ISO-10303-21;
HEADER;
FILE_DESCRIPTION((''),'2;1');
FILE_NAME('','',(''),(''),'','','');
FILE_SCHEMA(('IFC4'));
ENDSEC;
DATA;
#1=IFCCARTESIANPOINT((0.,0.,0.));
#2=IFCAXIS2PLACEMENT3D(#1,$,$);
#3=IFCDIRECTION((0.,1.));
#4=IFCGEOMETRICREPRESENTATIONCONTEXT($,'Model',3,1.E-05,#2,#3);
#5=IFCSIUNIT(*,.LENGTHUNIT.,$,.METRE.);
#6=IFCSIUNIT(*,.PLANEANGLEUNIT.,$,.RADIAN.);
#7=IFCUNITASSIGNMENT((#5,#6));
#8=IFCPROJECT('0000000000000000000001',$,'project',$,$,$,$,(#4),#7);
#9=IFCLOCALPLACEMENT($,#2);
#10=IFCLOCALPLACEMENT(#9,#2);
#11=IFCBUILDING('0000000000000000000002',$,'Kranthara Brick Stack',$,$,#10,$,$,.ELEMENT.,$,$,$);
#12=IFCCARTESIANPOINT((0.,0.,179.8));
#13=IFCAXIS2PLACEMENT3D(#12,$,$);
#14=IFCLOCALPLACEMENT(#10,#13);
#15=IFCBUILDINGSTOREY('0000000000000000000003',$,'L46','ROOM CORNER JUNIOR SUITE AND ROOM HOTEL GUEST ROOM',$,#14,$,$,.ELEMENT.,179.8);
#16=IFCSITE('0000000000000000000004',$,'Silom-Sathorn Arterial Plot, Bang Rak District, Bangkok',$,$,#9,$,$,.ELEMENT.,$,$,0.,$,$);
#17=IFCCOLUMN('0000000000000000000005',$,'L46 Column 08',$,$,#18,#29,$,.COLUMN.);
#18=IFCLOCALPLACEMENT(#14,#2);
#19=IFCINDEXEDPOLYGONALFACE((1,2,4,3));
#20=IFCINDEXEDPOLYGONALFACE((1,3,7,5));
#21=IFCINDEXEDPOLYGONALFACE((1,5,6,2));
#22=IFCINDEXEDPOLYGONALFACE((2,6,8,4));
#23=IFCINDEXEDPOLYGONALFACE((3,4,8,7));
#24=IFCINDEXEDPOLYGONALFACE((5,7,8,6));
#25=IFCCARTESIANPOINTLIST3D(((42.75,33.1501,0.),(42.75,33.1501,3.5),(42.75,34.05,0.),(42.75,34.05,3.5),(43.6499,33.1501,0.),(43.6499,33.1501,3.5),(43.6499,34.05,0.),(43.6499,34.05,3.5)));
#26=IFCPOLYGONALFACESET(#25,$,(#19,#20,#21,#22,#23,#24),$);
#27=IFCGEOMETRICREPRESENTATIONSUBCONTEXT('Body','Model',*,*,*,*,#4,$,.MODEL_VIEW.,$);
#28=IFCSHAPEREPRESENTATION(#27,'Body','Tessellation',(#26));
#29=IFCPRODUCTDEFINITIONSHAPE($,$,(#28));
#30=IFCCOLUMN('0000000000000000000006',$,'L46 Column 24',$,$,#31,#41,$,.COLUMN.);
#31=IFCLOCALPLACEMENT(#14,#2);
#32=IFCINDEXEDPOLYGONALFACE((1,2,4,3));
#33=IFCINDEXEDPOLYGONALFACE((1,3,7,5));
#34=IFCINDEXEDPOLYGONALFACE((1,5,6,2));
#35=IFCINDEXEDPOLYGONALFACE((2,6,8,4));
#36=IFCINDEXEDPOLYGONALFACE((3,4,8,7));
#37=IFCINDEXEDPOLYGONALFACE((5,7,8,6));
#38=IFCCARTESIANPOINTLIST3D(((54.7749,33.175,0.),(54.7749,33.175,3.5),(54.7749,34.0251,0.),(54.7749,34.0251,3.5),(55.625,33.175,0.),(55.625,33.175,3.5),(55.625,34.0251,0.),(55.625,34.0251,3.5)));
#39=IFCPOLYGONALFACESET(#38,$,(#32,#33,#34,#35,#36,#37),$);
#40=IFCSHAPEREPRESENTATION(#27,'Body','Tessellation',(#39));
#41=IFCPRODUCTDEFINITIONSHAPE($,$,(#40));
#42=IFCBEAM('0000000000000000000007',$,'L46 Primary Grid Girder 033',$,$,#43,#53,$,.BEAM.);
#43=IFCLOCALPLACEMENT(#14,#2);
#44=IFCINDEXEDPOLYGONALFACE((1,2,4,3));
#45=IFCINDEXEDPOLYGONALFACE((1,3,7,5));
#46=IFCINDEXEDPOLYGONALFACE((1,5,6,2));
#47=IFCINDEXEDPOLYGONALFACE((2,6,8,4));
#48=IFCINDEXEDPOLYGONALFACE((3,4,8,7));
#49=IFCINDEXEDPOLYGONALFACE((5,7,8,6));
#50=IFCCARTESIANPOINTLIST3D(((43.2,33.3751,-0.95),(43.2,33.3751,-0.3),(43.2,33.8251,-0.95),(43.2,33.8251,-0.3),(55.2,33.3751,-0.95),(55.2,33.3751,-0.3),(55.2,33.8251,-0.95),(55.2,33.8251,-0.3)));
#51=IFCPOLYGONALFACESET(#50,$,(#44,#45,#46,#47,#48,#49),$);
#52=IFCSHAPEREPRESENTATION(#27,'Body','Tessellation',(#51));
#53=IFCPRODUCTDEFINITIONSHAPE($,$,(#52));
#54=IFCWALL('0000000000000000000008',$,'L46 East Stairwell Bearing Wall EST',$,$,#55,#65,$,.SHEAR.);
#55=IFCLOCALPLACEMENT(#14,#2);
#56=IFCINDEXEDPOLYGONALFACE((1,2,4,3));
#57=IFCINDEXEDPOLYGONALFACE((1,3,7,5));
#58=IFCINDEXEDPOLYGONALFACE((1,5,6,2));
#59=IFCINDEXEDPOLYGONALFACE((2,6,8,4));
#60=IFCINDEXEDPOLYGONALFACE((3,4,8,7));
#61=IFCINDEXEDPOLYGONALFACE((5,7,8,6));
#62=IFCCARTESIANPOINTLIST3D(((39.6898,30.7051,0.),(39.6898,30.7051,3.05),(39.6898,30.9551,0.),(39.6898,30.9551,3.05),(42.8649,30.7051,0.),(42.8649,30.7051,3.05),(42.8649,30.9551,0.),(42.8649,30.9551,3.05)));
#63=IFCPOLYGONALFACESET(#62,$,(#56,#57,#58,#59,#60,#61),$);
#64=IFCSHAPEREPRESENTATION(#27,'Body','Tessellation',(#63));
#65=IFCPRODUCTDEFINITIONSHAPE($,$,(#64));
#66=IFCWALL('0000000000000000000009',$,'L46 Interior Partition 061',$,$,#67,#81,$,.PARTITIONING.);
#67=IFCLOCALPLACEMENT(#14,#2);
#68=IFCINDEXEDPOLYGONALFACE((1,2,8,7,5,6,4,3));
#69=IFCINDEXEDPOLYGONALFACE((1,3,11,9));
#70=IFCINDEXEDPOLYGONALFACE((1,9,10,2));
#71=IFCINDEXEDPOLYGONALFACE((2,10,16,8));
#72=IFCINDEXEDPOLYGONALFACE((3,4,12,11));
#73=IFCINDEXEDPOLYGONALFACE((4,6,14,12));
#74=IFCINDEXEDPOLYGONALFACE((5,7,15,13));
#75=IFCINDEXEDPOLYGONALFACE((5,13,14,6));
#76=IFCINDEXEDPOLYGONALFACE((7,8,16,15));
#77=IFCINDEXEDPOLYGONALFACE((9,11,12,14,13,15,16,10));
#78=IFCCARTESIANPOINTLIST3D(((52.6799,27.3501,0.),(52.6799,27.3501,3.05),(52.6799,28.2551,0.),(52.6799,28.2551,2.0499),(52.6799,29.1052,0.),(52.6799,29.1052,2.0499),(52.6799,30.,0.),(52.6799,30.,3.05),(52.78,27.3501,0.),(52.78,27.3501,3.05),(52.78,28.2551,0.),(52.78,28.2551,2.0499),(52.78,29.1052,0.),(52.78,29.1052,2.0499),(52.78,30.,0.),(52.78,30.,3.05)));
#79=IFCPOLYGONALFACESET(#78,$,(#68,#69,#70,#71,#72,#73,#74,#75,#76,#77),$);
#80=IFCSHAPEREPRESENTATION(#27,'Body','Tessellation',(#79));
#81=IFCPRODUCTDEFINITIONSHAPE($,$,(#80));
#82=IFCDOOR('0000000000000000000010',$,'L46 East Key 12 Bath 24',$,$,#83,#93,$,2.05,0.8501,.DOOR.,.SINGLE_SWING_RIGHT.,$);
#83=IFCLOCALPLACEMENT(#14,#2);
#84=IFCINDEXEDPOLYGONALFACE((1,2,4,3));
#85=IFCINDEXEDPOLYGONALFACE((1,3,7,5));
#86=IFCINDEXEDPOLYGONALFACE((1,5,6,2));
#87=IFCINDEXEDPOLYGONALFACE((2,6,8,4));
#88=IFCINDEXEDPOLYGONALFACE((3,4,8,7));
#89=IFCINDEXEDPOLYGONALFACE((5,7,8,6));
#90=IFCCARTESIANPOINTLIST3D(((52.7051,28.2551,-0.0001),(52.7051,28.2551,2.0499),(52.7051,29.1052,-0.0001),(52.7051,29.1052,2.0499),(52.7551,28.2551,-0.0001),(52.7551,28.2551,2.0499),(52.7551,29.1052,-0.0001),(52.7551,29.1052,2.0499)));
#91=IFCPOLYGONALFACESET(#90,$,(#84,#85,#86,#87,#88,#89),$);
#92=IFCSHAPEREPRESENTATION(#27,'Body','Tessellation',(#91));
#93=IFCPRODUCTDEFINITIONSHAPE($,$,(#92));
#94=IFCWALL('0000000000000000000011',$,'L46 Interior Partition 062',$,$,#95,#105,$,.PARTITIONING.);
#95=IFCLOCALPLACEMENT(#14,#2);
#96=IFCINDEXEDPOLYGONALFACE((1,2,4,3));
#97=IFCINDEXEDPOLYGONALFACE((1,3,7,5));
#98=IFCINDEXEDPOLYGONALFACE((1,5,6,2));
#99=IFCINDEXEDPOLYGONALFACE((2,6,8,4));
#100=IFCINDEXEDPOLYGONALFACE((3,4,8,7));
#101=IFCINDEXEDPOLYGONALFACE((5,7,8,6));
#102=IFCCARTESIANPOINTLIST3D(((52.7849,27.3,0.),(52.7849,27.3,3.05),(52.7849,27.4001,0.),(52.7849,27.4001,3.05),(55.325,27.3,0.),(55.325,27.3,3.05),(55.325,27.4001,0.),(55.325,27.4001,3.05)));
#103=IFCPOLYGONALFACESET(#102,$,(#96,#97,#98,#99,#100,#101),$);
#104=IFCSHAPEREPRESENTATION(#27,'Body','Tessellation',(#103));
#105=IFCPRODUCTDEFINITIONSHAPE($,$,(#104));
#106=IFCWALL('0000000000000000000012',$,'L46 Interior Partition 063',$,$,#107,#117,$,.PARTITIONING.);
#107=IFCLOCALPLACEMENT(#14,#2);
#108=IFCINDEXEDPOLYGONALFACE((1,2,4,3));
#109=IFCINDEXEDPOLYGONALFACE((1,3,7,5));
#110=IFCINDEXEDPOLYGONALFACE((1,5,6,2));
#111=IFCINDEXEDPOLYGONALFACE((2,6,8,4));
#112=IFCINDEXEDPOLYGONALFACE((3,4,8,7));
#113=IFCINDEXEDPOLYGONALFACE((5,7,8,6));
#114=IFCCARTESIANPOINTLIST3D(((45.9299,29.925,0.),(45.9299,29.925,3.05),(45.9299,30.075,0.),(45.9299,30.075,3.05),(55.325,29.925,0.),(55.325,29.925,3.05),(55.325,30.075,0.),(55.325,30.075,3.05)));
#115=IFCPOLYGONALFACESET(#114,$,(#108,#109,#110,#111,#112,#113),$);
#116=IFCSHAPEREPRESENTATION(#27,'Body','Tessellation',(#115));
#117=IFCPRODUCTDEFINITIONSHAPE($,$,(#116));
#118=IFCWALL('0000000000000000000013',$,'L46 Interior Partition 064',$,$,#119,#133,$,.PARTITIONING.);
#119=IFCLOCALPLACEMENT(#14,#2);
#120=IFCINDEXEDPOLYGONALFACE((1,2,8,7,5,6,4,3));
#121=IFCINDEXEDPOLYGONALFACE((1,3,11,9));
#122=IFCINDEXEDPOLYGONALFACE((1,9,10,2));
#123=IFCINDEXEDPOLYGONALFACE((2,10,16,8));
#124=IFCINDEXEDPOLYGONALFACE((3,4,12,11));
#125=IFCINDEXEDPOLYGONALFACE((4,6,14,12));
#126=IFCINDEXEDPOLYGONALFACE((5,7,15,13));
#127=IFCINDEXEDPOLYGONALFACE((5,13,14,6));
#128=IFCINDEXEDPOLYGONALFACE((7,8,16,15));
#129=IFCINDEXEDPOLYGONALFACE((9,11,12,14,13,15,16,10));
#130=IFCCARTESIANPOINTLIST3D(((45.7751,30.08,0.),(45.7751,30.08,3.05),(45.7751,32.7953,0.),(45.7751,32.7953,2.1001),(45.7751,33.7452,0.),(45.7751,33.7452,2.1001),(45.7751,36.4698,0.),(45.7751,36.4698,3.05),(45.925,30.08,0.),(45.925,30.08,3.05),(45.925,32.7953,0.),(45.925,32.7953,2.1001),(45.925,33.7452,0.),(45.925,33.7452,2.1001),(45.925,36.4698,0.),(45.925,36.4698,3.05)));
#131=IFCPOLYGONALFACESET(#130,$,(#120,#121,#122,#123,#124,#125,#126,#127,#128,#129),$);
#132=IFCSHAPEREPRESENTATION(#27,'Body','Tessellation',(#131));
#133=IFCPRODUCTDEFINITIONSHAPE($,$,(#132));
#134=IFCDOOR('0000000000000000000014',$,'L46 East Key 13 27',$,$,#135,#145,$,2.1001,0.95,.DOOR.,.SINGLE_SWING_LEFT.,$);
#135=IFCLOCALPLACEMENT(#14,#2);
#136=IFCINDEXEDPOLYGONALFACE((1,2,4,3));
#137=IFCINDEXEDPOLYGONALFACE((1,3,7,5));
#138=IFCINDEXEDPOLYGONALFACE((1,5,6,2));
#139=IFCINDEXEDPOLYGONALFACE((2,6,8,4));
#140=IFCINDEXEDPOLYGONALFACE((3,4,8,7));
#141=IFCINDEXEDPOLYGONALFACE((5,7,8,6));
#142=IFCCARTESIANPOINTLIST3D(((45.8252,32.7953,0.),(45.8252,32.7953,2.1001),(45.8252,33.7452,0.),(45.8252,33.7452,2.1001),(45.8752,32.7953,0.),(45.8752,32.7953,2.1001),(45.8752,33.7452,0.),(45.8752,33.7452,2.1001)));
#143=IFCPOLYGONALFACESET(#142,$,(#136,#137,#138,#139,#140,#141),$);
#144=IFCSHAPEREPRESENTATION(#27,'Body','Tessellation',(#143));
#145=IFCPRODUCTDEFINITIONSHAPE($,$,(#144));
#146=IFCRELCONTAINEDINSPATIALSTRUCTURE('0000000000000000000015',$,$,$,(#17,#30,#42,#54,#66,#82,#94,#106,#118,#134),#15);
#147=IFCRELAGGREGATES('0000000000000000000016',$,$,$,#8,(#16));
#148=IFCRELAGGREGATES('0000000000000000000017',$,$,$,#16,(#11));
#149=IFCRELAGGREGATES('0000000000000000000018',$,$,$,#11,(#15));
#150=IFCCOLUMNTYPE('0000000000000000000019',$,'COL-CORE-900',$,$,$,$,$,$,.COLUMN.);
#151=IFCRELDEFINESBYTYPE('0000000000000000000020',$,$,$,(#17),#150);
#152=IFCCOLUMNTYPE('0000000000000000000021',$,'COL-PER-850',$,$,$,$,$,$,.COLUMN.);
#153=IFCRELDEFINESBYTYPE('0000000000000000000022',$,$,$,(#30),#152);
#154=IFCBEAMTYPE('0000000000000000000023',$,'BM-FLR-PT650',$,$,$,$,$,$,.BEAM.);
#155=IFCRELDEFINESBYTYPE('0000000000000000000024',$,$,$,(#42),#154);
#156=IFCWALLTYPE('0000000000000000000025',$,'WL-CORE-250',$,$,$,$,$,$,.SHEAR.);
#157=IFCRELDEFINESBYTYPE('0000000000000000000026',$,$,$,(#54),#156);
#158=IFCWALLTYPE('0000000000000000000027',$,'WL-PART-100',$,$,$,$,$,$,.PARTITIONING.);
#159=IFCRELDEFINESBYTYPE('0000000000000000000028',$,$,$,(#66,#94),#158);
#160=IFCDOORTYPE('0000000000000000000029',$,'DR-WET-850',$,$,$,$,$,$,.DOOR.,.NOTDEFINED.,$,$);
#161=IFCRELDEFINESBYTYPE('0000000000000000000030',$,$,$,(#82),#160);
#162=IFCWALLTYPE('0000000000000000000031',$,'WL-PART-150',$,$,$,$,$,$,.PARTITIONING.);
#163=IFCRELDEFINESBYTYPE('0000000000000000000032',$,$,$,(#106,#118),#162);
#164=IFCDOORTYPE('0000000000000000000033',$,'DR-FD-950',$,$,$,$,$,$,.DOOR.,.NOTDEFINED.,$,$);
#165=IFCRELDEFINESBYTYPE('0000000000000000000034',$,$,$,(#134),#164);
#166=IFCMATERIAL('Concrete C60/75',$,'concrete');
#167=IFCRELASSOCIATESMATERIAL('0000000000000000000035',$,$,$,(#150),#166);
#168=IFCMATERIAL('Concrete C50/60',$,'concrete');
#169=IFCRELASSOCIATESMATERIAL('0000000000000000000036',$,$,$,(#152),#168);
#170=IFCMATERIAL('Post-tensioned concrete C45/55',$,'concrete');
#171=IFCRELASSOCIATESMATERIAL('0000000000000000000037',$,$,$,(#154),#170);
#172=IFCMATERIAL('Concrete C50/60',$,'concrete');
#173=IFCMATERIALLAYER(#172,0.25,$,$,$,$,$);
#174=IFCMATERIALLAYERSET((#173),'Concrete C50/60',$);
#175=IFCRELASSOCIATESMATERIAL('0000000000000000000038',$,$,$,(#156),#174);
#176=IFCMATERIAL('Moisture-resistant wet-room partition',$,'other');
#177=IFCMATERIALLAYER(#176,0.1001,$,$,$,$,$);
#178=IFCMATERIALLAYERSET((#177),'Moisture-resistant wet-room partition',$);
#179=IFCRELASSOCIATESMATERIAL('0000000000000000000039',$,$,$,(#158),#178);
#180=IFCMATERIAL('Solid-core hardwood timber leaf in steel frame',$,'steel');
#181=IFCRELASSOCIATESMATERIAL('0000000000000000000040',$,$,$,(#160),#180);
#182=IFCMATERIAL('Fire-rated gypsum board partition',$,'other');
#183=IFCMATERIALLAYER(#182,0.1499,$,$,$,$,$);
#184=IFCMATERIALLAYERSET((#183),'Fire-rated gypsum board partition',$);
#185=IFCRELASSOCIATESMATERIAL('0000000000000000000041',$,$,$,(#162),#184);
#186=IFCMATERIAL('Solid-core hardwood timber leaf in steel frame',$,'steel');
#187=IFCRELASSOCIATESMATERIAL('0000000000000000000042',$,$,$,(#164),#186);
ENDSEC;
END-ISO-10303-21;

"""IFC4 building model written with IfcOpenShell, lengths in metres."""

from ifc_helpers import new_model, si_unit, direction, frame, frame_2d, origin, origin_2d, place, context, subcontext, project, spatial, rectangle, extrude, material, layer, layer_set, material_profile, profile_set, type_object, element, fill, save


model = new_model("IFC4")

# Units and contexts
model_context = context("Model", 3, precision=1e-05, world=origin(), true_north=direction((0.0, 1.0)))
body_context = subcontext(model_context, "Body", "Model", "MODEL_VIEW")
ifc_project = project(units=[si_unit("LENGTHUNIT", "METRE"), si_unit("PLANEANGLEUNIT", "RADIAN")], contexts=[model_context])

# Site, building, storey
site_placement = place(None, origin())
site = spatial("IfcSite", under=ifc_project, at=site_placement, Name="Silom-Sathorn Arterial Plot, Bang Rak District, Bangkok", CompositionType="ELEMENT", RefElevation=0.0)
building_placement = place(site_placement, origin())
building = spatial("IfcBuilding", under=site, at=building_placement, Name="Kranthara Brick Stack", CompositionType="ELEMENT")
storey_placement = place(building_placement, frame((0.0, 0.0, 179.8)))
storey = spatial("IfcBuildingStorey", under=building, at=storey_placement, Name="L46", Description="ROOM CORNER JUNIOR SUITE AND ROOM HOTEL GUEST ROOM", CompositionType="ELEMENT", Elevation=179.8)

# Columns
ifc_material_1 = material(Name="Concrete C60/75", Category="concrete")
ifc_material_profile_1 = material_profile(ifc_material_1, rectangle(XDim=0.8999, YDim=0.8999, at=origin_2d()), Name="RC 900x900")
ifc_profile_set_1 = profile_set([ifc_material_profile_1], Name="Concrete C60/75")
column_type_1 = type_object("IfcColumnType", Name="COL-CORE-900", PredefinedType="COLUMN", material=ifc_profile_set_1)
column_1_placement = place(storey_placement, frame((43.2, 33.6001, 0.0), z_axis=(0.0, 0.0, 1.0), x_axis=(1.0, 0.0, 0.0)))
element("IfcColumn", 1, at=column_1_placement, inside=storey, type_object=column_type_1, Name="L46 Column 08", PredefinedType="COLUMN", context=body_context, shape_type="SweptSolid", body=[
    extrude(rectangle(XDim=0.8999, YDim=0.8999, at=origin_2d()), origin(), (0.0, 0.0, 1.0), 3.5),
])
ifc_material_2 = material(Name="Concrete C50/60", Category="concrete")
ifc_material_profile_2 = material_profile(ifc_material_2, rectangle(XDim=0.8501, YDim=0.8501, at=origin_2d()), Name="RC 850x850")
ifc_profile_set_2 = profile_set([ifc_material_profile_2], Name="Concrete C50/60")
column_type_2 = type_object("IfcColumnType", Name="COL-PER-850", PredefinedType="COLUMN", material=ifc_profile_set_2)
column_2_placement = place(storey_placement, frame((55.2, 33.6001, 0.0), z_axis=(0.0, 0.0, 1.0), x_axis=(1.0, 0.0, 0.0)))
element("IfcColumn", 2, at=column_2_placement, inside=storey, type_object=column_type_2, Name="L46 Column 24", PredefinedType="COLUMN", context=body_context, shape_type="SweptSolid", body=[
    extrude(rectangle(XDim=0.8501, YDim=0.8501, at=origin_2d()), origin(), (0.0, 0.0, 1.0), 3.5),
])

# Beam
ifc_material_3 = material(Name="Post-tensioned concrete C45/55", Category="concrete")
ifc_material_profile_3 = material_profile(ifc_material_3, rectangle(XDim=0.45, YDim=0.6499, at=origin_2d()), Name="PT 450x650")
ifc_profile_set_3 = profile_set([ifc_material_profile_3], Name="Post-tensioned concrete C45/55")
beam_type = type_object("IfcBeamType", Name="BM-FLR-PT650", PredefinedType="BEAM", material=ifc_profile_set_3)
beam_placement = place(storey_placement, frame((43.2, 33.6001, -0.625), z_axis=(1.0, 0.0, 0.0), x_axis=(0.0, 1.0, 0.0)))
element("IfcBeam", 3, at=beam_placement, inside=storey, type_object=beam_type, Name="L46 Primary Grid Girder 033", PredefinedType="BEAM", context=body_context, shape_type="SweptSolid", body=[
    extrude(rectangle(XDim=0.45, YDim=0.6499, at=origin_2d()), origin(), (0.0, 0.0, 1.0), 12.0),
])

# Wall
ifc_material_4 = material(Name="Concrete C50/60", Category="concrete")
ifc_layer_1 = layer(ifc_material_4, 0.25)
ifc_layer_set_1 = layer_set([ifc_layer_1], Name="Concrete C50/60")
wall_type_1 = type_object("IfcWallType", Name="WL-CORE-250", PredefinedType="SHEAR", material=ifc_layer_set_1)
wall_1_placement = place(storey_placement, frame((39.6899, 30.8301, 0.0), z_axis=(0.0, 0.0, 1.0), x_axis=(1.0, 0.0, 0.0)))
element("IfcWall", 4, at=wall_1_placement, inside=storey, type_object=wall_type_1, Name="L46 East Stairwell Bearing Wall EST", PredefinedType="SHEAR", context=body_context, shape_type="SweptSolid", body=[
    extrude(rectangle(XDim=3.175, YDim=0.25, at=frame_2d((1.5874, 0.0))), origin(), (0.0, 0.0, 1.0), 3.05),
])

# Wall, opening, door
ifc_material_5 = material(Name="Moisture-resistant wet-room partition", Category="other")
ifc_layer_2 = layer(ifc_material_5, 0.1001)
ifc_layer_set_2 = layer_set([ifc_layer_2], Name="Moisture-resistant wet-room partition")
wall_type_2 = type_object("IfcWallType", Name="WL-PART-100", PredefinedType="PARTITIONING", material=ifc_layer_set_2)
wall_2_placement = place(storey_placement, frame((52.73, 27.3501, 0.0), z_axis=(0.0, 0.0, 1.0), x_axis=(0.0, 1.0, 0.0)))
wall_2 = element("IfcWall", 5, at=wall_2_placement, inside=storey, type_object=wall_type_2, Name="L46 Interior Partition 061", PredefinedType="PARTITIONING", context=body_context, shape_type="SweptSolid", body=[
    extrude(rectangle(XDim=2.6499, YDim=0.1001, at=frame_2d((1.325, 0.0))), origin(), (0.0, 0.0, 1.0), 3.05),
])
opening_1_placement = place(wall_2_placement, frame((0.905, 0.0, 0.0)))
opening_1 = element("IfcOpeningElement", 6, at=opening_1_placement, cuts=wall_2, PredefinedType="OPENING", context=body_context, shape_type="SweptSolid", body=[
    extrude(rectangle(XDim=0.8501, YDim=2.05, at=frame_2d((0.425, 1.0249))), frame((0.0, 0.0601, 0.0), z_axis=(0.0, -1.0, 0.0), x_axis=(1.0, 0.0, 0.0)), (0.0, 0.0, 1.0), 0.1201),
])
ifc_material_6 = material(Name="Solid-core hardwood timber leaf in steel frame", Category="steel")
door_type_1 = type_object("IfcDoorType", Name="DR-WET-850", OperationType="NOTDEFINED", PredefinedType="DOOR", material=ifc_material_6)
door_1_placement = place(opening_1_placement, origin())
door_1 = element("IfcDoor", 7, at=door_1_placement, inside=storey, type_object=door_type_1, Name="L46 East Key 12 Bath 24", OperationType="SINGLE_SWING_RIGHT", OverallHeight=2.05, OverallWidth=0.8501, PredefinedType="DOOR", context=body_context, shape_type="SweptSolid", body=[
    extrude(rectangle(XDim=0.8501, YDim=2.05, at=frame_2d((0.425, 1.0249))), frame((0.0, 0.0249, 0.0), z_axis=(0.0, -1.0, 0.0), x_axis=(1.0, 0.0, 0.0)), (0.0, 0.0, 1.0), 0.05),
])
fill(opening_1, door_1)

# Walls
wall_3_placement = place(storey_placement, frame((52.7849, 27.3501, 0.0), z_axis=(0.0, 0.0, 1.0), x_axis=(1.0, 0.0, 0.0)))
element("IfcWall", 8, at=wall_3_placement, inside=storey, type_object=wall_type_2, Name="L46 Interior Partition 062", PredefinedType="PARTITIONING", context=body_context, shape_type="SweptSolid", body=[
    extrude(rectangle(XDim=2.54, YDim=0.1001, at=frame_2d((1.27, 0.0))), origin(), (0.0, 0.0, 1.0), 3.05),
])
ifc_material_7 = material(Name="Fire-rated gypsum board partition", Category="other")
ifc_layer_3 = layer(ifc_material_7, 0.1499)
ifc_layer_set_3 = layer_set([ifc_layer_3], Name="Fire-rated gypsum board partition")
wall_type_3 = type_object("IfcWallType", Name="WL-PART-150", PredefinedType="PARTITIONING", material=ifc_layer_set_3)
wall_4_placement = place(storey_placement, frame((45.9299, 30.0, 0.0), z_axis=(0.0, 0.0, 1.0), x_axis=(1.0, 0.0, 0.0)))
element("IfcWall", 9, at=wall_4_placement, inside=storey, type_object=wall_type_3, Name="L46 Interior Partition 063", PredefinedType="PARTITIONING", context=body_context, shape_type="SweptSolid", body=[
    extrude(rectangle(XDim=9.395, YDim=0.1499, at=frame_2d((4.6975, 0.0))), origin(), (0.0, 0.0, 1.0), 3.05),
])

# Wall, opening, door
wall_5_placement = place(storey_placement, frame((45.8501, 30.0801, 0.0), z_axis=(0.0, 0.0, 1.0), x_axis=(0.0, 1.0, 0.0)))
wall_5 = element("IfcWall", 10, at=wall_5_placement, inside=storey, type_object=wall_type_3, Name="L46 Interior Partition 064", PredefinedType="PARTITIONING", context=body_context, shape_type="SweptSolid", body=[
    extrude(rectangle(XDim=6.3899, YDim=0.1499, at=frame_2d((3.1948, 0.0))), origin(), (0.0, 0.0, 1.0), 3.05),
])
opening_2_placement = place(wall_5_placement, frame((2.7151, 0.0, 0.0)))
opening_2 = element("IfcOpeningElement", 11, at=opening_2_placement, cuts=wall_5, PredefinedType="OPENING", context=body_context, shape_type="SweptSolid", body=[
    extrude(rectangle(XDim=0.95, YDim=2.1001, at=frame_2d((0.4751, 1.05))), frame((0.0, 0.085, 0.0), z_axis=(0.0, -1.0, 0.0), x_axis=(1.0, 0.0, 0.0)), (0.0, 0.0, 1.0), 0.1699),
])
ifc_material_8 = material(Name="Solid-core hardwood timber leaf in steel frame", Category="steel")
door_type_2 = type_object("IfcDoorType", Name="DR-FD-950", OperationType="NOTDEFINED", PredefinedType="DOOR", material=ifc_material_8)
door_2_placement = place(opening_2_placement, origin())
door_2 = element("IfcDoor", 12, at=door_2_placement, inside=storey, type_object=door_type_2, Name="L46 East Key 13 27", OperationType="SINGLE_SWING_LEFT", OverallHeight=2.1001, OverallWidth=0.95, PredefinedType="DOOR", context=body_context, shape_type="SweptSolid", body=[
    extrude(rectangle(XDim=0.95, YDim=2.1001, at=frame_2d((0.4751, 1.05))), frame((0.0, 0.0249, 0.0), z_axis=(0.0, -1.0, 0.0), x_axis=(1.0, 0.0, 0.0)), (0.0, 0.0, 1.0), 0.05),
])
fill(opening_2, door_2)

save(model, "model.ifc")
